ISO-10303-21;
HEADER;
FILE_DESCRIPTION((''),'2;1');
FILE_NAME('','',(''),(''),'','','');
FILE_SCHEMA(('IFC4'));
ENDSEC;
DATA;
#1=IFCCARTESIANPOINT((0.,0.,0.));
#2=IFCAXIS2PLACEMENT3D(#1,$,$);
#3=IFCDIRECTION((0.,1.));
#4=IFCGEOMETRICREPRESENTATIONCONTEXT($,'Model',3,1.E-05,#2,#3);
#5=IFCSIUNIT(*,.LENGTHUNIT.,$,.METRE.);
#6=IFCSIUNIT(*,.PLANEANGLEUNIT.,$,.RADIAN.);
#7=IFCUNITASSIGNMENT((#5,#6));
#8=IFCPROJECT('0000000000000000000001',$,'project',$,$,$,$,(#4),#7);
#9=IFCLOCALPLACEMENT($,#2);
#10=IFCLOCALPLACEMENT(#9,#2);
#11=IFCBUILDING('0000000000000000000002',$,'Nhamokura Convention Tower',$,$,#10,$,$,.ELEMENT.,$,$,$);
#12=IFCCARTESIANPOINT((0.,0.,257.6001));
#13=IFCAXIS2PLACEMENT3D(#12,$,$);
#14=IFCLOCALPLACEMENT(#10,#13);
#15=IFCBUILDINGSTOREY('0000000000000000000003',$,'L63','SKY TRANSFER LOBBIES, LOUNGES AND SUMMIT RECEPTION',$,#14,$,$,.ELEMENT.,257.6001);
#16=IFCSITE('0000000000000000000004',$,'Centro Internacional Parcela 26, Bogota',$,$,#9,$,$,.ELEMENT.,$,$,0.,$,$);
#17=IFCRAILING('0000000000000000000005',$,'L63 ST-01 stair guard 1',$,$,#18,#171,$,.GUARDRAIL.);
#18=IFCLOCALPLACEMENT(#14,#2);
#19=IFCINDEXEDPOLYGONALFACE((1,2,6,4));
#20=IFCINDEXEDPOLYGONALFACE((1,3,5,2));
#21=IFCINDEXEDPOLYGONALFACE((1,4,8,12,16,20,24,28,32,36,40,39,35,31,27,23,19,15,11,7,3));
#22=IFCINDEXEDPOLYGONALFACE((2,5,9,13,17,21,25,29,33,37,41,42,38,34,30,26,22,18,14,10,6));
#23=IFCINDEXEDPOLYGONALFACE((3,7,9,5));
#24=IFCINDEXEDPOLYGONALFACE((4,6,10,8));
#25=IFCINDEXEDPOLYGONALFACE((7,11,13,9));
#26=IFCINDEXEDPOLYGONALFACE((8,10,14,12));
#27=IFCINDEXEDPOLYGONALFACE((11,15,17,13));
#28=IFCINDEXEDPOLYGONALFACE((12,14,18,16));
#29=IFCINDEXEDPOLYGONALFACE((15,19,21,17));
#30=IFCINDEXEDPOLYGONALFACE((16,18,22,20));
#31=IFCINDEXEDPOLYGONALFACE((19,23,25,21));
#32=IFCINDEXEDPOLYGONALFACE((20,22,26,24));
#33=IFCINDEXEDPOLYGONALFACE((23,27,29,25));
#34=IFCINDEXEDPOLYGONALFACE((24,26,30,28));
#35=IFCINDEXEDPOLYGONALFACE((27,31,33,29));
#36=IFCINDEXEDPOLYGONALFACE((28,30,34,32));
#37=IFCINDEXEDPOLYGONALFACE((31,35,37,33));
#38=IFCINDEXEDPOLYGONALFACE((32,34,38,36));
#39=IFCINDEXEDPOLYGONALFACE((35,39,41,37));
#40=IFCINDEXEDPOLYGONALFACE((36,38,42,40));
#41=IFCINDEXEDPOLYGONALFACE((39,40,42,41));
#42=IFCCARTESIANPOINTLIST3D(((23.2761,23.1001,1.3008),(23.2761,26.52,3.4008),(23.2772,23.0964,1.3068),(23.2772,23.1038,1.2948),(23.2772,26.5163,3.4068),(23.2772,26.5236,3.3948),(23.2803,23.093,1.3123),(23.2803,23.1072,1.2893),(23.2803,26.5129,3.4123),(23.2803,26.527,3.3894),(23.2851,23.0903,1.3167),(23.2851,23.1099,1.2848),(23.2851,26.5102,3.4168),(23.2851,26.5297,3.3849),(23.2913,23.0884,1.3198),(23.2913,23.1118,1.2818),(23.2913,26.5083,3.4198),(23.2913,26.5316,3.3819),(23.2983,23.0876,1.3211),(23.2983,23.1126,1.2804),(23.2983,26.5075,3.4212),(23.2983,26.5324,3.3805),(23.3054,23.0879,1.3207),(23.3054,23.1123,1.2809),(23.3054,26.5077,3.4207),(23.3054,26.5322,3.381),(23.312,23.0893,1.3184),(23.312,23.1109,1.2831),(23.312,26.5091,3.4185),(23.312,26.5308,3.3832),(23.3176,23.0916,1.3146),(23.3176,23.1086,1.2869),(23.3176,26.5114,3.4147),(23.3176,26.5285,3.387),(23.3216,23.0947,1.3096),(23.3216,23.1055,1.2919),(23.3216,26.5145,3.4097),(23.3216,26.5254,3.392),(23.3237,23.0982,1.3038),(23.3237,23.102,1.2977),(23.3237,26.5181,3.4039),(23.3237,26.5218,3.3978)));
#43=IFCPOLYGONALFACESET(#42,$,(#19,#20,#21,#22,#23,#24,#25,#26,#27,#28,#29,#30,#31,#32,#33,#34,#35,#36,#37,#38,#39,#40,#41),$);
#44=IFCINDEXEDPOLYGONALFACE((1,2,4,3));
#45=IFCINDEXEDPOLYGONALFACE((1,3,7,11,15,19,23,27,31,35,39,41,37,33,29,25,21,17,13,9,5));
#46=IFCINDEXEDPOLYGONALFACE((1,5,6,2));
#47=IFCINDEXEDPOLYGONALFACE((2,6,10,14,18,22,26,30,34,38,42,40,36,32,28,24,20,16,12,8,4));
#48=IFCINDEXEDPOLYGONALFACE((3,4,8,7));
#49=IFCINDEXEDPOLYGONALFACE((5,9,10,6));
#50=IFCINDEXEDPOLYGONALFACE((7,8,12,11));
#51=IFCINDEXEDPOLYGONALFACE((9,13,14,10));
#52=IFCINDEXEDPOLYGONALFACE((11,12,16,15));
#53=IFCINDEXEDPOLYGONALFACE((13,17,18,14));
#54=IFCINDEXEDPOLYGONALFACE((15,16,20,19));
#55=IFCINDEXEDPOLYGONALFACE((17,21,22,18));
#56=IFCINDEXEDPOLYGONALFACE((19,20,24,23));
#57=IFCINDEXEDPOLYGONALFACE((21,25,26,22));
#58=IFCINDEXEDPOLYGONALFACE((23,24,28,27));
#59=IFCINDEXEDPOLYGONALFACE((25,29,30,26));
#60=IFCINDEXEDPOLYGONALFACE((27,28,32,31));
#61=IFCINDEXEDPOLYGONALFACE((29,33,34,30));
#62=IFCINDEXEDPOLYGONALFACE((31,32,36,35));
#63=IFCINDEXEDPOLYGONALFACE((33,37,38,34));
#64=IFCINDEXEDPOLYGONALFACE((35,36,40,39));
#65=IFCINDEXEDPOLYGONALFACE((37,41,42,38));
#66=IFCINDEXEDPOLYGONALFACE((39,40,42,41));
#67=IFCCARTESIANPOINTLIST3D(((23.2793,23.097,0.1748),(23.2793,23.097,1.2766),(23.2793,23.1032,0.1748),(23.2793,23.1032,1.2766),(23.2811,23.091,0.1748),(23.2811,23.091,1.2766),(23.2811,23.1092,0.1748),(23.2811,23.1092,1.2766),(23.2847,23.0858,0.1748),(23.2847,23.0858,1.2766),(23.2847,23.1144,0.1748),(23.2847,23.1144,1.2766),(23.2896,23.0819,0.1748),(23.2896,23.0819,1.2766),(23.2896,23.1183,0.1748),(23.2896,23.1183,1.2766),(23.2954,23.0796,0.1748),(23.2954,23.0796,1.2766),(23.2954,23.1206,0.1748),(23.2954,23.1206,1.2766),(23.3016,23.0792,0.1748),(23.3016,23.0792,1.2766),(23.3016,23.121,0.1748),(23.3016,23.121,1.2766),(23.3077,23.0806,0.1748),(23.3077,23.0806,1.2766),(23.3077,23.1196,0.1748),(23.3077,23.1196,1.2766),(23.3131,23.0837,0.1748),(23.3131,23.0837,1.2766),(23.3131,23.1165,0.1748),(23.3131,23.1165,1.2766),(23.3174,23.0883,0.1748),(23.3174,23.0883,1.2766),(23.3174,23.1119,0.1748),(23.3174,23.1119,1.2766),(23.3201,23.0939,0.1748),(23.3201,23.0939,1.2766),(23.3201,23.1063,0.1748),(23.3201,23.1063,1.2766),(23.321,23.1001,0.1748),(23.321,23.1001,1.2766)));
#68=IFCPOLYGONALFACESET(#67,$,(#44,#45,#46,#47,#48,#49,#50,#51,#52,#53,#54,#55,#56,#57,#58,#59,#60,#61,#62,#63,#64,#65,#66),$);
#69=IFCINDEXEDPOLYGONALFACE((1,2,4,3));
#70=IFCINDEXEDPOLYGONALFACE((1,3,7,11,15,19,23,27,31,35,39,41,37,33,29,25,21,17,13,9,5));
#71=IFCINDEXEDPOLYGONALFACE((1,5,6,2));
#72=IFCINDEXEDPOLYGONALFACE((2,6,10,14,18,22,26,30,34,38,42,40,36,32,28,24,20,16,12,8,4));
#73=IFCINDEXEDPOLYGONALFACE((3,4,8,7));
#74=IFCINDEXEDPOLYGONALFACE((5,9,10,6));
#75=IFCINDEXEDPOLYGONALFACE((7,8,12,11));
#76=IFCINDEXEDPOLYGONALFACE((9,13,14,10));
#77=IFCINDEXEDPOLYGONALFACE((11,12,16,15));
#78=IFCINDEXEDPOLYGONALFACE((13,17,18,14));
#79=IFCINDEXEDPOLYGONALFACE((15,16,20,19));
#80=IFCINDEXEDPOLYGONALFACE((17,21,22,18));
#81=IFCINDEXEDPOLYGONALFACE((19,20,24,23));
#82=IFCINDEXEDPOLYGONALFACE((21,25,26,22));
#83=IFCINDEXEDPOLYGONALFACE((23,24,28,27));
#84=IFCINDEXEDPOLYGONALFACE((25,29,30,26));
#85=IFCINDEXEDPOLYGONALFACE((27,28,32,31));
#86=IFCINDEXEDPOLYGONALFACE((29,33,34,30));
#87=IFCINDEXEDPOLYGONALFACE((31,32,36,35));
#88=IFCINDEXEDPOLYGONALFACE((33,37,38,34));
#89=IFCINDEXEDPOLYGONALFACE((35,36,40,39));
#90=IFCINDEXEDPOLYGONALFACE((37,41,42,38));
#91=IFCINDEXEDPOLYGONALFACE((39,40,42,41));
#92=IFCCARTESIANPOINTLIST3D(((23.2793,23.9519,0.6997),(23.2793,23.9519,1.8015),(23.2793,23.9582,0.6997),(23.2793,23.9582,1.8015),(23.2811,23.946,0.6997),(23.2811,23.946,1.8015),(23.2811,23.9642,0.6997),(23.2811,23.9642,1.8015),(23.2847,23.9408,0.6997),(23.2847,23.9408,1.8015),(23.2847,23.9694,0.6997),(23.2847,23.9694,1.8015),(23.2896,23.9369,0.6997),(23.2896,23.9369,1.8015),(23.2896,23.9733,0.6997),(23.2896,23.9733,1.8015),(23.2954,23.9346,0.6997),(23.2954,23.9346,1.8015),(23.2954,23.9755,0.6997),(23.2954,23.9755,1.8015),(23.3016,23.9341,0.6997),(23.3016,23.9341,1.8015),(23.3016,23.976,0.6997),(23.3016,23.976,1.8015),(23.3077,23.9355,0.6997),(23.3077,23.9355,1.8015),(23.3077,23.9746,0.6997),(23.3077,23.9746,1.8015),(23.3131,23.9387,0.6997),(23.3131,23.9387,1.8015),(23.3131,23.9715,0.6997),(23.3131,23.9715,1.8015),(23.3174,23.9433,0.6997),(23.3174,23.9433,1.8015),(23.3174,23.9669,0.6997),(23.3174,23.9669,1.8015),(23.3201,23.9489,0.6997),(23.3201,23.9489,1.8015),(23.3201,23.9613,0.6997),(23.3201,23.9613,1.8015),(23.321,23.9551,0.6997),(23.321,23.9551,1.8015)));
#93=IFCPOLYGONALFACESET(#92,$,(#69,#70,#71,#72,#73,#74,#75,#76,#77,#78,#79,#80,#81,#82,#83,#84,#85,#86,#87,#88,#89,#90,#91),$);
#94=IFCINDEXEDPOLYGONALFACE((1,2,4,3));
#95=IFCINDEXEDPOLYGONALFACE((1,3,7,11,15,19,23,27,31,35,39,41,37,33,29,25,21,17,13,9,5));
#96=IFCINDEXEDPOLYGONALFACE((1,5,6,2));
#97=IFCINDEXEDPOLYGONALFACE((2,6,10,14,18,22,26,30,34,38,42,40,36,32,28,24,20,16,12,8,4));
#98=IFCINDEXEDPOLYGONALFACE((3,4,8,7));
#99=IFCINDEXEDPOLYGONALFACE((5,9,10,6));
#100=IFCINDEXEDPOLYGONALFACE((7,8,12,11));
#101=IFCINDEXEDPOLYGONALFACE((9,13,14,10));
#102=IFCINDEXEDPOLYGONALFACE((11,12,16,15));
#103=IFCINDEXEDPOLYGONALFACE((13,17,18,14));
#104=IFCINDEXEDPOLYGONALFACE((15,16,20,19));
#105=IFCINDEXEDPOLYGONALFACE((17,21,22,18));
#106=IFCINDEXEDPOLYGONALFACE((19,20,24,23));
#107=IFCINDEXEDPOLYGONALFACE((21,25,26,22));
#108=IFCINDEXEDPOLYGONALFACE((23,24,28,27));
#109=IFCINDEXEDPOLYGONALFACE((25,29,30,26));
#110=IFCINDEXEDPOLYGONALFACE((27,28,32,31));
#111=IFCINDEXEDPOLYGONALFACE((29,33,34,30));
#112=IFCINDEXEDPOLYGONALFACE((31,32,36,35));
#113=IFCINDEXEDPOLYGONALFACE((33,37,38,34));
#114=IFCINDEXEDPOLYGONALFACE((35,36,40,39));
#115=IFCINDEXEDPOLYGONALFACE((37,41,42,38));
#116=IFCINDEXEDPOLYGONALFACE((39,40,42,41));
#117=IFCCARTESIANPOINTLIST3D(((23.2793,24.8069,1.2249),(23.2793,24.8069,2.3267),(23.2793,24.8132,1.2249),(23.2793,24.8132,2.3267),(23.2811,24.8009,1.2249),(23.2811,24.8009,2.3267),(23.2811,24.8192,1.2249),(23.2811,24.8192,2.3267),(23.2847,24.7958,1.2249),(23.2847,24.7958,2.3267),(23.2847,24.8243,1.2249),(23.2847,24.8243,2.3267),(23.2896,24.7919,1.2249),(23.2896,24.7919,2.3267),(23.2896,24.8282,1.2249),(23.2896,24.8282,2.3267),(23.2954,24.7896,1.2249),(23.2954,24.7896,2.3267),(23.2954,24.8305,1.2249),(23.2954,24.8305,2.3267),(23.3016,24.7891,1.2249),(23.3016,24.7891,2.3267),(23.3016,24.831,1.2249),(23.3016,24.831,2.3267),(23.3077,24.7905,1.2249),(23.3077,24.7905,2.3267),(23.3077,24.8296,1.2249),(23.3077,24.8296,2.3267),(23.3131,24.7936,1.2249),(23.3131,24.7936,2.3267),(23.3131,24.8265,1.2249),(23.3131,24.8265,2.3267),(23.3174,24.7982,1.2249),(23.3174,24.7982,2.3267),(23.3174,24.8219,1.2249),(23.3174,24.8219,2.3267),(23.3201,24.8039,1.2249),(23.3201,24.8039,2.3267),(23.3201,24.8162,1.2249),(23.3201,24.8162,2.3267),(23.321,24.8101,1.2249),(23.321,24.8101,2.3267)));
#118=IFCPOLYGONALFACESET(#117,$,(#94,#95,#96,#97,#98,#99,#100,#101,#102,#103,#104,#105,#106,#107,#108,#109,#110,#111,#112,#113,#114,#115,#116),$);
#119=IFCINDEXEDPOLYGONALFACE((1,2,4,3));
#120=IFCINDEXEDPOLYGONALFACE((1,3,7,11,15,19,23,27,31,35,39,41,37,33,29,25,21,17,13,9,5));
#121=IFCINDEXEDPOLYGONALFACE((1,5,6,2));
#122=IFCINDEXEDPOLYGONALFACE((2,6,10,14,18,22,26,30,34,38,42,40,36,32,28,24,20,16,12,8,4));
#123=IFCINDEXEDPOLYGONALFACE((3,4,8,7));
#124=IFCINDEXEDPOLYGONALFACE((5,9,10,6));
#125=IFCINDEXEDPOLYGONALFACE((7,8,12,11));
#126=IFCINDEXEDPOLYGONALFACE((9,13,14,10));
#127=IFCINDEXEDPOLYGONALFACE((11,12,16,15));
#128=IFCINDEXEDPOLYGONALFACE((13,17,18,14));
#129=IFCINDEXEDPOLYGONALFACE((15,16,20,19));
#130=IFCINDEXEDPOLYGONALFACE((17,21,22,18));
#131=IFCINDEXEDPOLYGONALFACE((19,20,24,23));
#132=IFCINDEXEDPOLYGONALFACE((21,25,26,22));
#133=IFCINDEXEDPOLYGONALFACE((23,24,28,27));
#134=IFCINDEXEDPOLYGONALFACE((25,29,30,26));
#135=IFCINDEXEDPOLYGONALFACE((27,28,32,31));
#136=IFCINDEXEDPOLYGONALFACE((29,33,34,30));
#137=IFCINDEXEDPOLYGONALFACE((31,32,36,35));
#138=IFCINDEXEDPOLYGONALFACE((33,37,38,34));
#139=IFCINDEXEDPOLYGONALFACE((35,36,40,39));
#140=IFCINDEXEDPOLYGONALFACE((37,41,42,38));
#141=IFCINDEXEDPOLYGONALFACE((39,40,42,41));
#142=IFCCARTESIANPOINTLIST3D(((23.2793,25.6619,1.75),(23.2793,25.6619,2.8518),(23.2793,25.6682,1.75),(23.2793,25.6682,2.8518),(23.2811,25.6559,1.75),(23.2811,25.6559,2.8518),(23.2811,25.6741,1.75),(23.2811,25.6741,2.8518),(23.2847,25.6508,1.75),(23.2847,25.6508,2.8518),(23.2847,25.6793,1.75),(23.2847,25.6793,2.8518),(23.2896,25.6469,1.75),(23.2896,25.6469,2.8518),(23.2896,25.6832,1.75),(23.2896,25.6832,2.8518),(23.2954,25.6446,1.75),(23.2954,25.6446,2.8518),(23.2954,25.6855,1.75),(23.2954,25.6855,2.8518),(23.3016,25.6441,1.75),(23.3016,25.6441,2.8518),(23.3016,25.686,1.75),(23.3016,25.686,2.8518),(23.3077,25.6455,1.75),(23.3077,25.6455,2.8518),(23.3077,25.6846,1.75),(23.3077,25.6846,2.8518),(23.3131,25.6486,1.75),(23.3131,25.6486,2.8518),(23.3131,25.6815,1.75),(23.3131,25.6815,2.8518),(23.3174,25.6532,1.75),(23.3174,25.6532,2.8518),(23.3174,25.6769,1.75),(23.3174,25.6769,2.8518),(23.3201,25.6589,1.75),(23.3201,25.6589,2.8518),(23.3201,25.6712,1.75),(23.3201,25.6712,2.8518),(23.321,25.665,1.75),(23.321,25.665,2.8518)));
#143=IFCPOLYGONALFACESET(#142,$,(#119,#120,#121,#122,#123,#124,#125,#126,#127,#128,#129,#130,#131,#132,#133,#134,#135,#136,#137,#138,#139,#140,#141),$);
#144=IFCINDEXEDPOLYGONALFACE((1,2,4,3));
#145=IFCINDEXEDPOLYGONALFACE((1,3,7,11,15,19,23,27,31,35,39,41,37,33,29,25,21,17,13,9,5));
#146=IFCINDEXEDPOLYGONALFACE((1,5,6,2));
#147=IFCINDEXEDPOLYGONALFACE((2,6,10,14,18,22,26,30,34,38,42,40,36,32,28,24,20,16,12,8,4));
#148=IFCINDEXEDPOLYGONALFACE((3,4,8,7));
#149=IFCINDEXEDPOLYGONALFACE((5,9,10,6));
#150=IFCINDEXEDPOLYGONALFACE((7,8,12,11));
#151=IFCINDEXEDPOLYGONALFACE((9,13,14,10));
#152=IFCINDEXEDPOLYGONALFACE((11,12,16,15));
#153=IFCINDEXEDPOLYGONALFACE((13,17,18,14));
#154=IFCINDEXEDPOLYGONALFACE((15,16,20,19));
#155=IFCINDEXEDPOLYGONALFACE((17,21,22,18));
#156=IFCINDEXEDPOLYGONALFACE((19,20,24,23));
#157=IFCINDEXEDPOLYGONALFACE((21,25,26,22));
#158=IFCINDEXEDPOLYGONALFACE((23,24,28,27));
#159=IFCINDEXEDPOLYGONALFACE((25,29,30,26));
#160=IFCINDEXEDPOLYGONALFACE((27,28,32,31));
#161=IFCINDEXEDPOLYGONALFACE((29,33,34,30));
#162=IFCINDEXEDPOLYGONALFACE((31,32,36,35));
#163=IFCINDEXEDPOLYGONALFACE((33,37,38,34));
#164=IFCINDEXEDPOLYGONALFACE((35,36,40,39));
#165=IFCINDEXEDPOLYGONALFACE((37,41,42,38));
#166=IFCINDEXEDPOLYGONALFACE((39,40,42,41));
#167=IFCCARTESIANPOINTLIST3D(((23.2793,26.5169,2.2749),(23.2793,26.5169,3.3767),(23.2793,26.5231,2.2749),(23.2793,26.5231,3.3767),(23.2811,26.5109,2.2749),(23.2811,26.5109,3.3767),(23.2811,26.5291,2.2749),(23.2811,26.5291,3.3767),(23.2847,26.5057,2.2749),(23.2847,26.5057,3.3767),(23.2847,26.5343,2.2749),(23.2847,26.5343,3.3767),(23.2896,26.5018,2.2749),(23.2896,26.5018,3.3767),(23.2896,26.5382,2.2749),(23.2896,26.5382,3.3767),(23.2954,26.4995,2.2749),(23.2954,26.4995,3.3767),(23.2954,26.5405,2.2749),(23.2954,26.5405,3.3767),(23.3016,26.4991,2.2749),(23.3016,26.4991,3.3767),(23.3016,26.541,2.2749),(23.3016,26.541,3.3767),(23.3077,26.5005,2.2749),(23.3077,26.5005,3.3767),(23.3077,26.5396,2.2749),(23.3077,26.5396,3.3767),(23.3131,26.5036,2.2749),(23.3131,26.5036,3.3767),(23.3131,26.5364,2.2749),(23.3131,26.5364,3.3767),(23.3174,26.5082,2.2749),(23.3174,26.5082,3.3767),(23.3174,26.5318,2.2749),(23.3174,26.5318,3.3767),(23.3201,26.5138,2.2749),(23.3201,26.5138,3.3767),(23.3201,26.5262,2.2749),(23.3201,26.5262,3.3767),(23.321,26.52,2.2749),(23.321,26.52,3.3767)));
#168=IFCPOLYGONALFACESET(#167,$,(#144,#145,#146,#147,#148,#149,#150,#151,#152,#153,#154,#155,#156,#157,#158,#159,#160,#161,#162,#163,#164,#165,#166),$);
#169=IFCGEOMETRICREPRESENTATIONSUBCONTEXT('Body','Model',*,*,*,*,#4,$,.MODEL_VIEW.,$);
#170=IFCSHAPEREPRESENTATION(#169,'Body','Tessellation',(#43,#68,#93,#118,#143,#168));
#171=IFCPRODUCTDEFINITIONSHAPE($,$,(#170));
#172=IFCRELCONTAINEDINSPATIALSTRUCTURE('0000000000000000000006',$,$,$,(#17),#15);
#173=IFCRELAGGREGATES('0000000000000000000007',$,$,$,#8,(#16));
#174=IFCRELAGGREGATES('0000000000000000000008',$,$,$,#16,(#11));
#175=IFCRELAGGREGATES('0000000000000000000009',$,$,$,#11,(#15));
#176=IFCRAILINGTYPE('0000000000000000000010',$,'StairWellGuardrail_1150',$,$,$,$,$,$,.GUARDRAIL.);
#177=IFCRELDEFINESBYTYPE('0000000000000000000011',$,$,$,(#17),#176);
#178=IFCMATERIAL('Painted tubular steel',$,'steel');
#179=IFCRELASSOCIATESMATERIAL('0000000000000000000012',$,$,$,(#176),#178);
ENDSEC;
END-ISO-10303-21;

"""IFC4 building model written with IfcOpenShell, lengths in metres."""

from ifc_helpers import new_model, si_unit, direction, frame, origin, origin_2d, place, context, subcontext, project, spatial, circle, extrude, material, type_object, element, save


model = new_model("IFC4")

# Units and contexts
model_context = context("Model", 3, precision=1e-05, world=origin(), true_north=direction((0.0, 1.0)))
body_context = subcontext(model_context, "Body", "Model", "MODEL_VIEW")
ifc_project = project(units=[si_unit("LENGTHUNIT", "METRE"), si_unit("PLANEANGLEUNIT", "RADIAN")], contexts=[model_context])

# Site, building, storey
site_placement = place(None, origin())
site = spatial("IfcSite", under=ifc_project, at=site_placement, Name="Centro Internacional Parcela 26, Bogota", CompositionType="ELEMENT", RefElevation=0.0)
building_placement = place(site_placement, origin())
building = spatial("IfcBuilding", under=site, at=building_placement, Name="Nhamokura Convention Tower", CompositionType="ELEMENT")
storey_placement = place(building_placement, frame((0.0, 0.0, 257.6001)))
storey = spatial("IfcBuildingStorey", under=building, at=storey_placement, Name="L63", Description="SKY TRANSFER LOBBIES, LOUNGES AND SUMMIT RECEPTION", CompositionType="ELEMENT", Elevation=257.6001)

# Railing
ifc_material_1 = material(Name="Painted tubular steel", Category="steel")
railing_type_1 = type_object("IfcRailingType", Name="StairWellGuardrail_1150", PredefinedType="GUARDRAIL", material=ifc_material_1)
railing_1_placement = place(storey_placement, frame((23.3, 23.1001, 0.1748)))
element("IfcRailing", 1, at=railing_1_placement, inside=storey, type_object=railing_type_1, Name="L63 ST-01 stair guard 1", PredefinedType="GUARDRAIL", context=body_context, shape_type="SweptSolid", body=[
    extrude(circle(Radius=0.0239, at=origin_2d()), frame((0.0, 0.0, 1.126), z_axis=(0.0, 0.852155, 0.523289), x_axis=(-1.0, 0.0, 0.0)), (0.0, 0.0, 1.0), 4.0132),
    extrude(circle(Radius=0.021, at=origin_2d()), origin(), (0.0, 0.0, 1.0), 1.1018),
    extrude(circle(Radius=0.021, at=origin_2d()), frame((0.0, 0.855, 0.5249)), (0.0, 0.0, 1.0), 1.1018),
    extrude(circle(Radius=0.021, at=origin_2d()), frame((0.0, 1.71, 1.05)), (0.0, 0.0, 1.0), 1.1018),
    extrude(circle(Radius=0.021, at=origin_2d()), frame((0.0, 2.5649, 1.5752)), (0.0, 0.0, 1.0), 1.1018),
    extrude(circle(Radius=0.021, at=origin_2d()), frame((0.0, 3.4199, 2.1001)), (0.0, 0.0, 1.0), 1.1018),
])

save(model, "model.ifc")
